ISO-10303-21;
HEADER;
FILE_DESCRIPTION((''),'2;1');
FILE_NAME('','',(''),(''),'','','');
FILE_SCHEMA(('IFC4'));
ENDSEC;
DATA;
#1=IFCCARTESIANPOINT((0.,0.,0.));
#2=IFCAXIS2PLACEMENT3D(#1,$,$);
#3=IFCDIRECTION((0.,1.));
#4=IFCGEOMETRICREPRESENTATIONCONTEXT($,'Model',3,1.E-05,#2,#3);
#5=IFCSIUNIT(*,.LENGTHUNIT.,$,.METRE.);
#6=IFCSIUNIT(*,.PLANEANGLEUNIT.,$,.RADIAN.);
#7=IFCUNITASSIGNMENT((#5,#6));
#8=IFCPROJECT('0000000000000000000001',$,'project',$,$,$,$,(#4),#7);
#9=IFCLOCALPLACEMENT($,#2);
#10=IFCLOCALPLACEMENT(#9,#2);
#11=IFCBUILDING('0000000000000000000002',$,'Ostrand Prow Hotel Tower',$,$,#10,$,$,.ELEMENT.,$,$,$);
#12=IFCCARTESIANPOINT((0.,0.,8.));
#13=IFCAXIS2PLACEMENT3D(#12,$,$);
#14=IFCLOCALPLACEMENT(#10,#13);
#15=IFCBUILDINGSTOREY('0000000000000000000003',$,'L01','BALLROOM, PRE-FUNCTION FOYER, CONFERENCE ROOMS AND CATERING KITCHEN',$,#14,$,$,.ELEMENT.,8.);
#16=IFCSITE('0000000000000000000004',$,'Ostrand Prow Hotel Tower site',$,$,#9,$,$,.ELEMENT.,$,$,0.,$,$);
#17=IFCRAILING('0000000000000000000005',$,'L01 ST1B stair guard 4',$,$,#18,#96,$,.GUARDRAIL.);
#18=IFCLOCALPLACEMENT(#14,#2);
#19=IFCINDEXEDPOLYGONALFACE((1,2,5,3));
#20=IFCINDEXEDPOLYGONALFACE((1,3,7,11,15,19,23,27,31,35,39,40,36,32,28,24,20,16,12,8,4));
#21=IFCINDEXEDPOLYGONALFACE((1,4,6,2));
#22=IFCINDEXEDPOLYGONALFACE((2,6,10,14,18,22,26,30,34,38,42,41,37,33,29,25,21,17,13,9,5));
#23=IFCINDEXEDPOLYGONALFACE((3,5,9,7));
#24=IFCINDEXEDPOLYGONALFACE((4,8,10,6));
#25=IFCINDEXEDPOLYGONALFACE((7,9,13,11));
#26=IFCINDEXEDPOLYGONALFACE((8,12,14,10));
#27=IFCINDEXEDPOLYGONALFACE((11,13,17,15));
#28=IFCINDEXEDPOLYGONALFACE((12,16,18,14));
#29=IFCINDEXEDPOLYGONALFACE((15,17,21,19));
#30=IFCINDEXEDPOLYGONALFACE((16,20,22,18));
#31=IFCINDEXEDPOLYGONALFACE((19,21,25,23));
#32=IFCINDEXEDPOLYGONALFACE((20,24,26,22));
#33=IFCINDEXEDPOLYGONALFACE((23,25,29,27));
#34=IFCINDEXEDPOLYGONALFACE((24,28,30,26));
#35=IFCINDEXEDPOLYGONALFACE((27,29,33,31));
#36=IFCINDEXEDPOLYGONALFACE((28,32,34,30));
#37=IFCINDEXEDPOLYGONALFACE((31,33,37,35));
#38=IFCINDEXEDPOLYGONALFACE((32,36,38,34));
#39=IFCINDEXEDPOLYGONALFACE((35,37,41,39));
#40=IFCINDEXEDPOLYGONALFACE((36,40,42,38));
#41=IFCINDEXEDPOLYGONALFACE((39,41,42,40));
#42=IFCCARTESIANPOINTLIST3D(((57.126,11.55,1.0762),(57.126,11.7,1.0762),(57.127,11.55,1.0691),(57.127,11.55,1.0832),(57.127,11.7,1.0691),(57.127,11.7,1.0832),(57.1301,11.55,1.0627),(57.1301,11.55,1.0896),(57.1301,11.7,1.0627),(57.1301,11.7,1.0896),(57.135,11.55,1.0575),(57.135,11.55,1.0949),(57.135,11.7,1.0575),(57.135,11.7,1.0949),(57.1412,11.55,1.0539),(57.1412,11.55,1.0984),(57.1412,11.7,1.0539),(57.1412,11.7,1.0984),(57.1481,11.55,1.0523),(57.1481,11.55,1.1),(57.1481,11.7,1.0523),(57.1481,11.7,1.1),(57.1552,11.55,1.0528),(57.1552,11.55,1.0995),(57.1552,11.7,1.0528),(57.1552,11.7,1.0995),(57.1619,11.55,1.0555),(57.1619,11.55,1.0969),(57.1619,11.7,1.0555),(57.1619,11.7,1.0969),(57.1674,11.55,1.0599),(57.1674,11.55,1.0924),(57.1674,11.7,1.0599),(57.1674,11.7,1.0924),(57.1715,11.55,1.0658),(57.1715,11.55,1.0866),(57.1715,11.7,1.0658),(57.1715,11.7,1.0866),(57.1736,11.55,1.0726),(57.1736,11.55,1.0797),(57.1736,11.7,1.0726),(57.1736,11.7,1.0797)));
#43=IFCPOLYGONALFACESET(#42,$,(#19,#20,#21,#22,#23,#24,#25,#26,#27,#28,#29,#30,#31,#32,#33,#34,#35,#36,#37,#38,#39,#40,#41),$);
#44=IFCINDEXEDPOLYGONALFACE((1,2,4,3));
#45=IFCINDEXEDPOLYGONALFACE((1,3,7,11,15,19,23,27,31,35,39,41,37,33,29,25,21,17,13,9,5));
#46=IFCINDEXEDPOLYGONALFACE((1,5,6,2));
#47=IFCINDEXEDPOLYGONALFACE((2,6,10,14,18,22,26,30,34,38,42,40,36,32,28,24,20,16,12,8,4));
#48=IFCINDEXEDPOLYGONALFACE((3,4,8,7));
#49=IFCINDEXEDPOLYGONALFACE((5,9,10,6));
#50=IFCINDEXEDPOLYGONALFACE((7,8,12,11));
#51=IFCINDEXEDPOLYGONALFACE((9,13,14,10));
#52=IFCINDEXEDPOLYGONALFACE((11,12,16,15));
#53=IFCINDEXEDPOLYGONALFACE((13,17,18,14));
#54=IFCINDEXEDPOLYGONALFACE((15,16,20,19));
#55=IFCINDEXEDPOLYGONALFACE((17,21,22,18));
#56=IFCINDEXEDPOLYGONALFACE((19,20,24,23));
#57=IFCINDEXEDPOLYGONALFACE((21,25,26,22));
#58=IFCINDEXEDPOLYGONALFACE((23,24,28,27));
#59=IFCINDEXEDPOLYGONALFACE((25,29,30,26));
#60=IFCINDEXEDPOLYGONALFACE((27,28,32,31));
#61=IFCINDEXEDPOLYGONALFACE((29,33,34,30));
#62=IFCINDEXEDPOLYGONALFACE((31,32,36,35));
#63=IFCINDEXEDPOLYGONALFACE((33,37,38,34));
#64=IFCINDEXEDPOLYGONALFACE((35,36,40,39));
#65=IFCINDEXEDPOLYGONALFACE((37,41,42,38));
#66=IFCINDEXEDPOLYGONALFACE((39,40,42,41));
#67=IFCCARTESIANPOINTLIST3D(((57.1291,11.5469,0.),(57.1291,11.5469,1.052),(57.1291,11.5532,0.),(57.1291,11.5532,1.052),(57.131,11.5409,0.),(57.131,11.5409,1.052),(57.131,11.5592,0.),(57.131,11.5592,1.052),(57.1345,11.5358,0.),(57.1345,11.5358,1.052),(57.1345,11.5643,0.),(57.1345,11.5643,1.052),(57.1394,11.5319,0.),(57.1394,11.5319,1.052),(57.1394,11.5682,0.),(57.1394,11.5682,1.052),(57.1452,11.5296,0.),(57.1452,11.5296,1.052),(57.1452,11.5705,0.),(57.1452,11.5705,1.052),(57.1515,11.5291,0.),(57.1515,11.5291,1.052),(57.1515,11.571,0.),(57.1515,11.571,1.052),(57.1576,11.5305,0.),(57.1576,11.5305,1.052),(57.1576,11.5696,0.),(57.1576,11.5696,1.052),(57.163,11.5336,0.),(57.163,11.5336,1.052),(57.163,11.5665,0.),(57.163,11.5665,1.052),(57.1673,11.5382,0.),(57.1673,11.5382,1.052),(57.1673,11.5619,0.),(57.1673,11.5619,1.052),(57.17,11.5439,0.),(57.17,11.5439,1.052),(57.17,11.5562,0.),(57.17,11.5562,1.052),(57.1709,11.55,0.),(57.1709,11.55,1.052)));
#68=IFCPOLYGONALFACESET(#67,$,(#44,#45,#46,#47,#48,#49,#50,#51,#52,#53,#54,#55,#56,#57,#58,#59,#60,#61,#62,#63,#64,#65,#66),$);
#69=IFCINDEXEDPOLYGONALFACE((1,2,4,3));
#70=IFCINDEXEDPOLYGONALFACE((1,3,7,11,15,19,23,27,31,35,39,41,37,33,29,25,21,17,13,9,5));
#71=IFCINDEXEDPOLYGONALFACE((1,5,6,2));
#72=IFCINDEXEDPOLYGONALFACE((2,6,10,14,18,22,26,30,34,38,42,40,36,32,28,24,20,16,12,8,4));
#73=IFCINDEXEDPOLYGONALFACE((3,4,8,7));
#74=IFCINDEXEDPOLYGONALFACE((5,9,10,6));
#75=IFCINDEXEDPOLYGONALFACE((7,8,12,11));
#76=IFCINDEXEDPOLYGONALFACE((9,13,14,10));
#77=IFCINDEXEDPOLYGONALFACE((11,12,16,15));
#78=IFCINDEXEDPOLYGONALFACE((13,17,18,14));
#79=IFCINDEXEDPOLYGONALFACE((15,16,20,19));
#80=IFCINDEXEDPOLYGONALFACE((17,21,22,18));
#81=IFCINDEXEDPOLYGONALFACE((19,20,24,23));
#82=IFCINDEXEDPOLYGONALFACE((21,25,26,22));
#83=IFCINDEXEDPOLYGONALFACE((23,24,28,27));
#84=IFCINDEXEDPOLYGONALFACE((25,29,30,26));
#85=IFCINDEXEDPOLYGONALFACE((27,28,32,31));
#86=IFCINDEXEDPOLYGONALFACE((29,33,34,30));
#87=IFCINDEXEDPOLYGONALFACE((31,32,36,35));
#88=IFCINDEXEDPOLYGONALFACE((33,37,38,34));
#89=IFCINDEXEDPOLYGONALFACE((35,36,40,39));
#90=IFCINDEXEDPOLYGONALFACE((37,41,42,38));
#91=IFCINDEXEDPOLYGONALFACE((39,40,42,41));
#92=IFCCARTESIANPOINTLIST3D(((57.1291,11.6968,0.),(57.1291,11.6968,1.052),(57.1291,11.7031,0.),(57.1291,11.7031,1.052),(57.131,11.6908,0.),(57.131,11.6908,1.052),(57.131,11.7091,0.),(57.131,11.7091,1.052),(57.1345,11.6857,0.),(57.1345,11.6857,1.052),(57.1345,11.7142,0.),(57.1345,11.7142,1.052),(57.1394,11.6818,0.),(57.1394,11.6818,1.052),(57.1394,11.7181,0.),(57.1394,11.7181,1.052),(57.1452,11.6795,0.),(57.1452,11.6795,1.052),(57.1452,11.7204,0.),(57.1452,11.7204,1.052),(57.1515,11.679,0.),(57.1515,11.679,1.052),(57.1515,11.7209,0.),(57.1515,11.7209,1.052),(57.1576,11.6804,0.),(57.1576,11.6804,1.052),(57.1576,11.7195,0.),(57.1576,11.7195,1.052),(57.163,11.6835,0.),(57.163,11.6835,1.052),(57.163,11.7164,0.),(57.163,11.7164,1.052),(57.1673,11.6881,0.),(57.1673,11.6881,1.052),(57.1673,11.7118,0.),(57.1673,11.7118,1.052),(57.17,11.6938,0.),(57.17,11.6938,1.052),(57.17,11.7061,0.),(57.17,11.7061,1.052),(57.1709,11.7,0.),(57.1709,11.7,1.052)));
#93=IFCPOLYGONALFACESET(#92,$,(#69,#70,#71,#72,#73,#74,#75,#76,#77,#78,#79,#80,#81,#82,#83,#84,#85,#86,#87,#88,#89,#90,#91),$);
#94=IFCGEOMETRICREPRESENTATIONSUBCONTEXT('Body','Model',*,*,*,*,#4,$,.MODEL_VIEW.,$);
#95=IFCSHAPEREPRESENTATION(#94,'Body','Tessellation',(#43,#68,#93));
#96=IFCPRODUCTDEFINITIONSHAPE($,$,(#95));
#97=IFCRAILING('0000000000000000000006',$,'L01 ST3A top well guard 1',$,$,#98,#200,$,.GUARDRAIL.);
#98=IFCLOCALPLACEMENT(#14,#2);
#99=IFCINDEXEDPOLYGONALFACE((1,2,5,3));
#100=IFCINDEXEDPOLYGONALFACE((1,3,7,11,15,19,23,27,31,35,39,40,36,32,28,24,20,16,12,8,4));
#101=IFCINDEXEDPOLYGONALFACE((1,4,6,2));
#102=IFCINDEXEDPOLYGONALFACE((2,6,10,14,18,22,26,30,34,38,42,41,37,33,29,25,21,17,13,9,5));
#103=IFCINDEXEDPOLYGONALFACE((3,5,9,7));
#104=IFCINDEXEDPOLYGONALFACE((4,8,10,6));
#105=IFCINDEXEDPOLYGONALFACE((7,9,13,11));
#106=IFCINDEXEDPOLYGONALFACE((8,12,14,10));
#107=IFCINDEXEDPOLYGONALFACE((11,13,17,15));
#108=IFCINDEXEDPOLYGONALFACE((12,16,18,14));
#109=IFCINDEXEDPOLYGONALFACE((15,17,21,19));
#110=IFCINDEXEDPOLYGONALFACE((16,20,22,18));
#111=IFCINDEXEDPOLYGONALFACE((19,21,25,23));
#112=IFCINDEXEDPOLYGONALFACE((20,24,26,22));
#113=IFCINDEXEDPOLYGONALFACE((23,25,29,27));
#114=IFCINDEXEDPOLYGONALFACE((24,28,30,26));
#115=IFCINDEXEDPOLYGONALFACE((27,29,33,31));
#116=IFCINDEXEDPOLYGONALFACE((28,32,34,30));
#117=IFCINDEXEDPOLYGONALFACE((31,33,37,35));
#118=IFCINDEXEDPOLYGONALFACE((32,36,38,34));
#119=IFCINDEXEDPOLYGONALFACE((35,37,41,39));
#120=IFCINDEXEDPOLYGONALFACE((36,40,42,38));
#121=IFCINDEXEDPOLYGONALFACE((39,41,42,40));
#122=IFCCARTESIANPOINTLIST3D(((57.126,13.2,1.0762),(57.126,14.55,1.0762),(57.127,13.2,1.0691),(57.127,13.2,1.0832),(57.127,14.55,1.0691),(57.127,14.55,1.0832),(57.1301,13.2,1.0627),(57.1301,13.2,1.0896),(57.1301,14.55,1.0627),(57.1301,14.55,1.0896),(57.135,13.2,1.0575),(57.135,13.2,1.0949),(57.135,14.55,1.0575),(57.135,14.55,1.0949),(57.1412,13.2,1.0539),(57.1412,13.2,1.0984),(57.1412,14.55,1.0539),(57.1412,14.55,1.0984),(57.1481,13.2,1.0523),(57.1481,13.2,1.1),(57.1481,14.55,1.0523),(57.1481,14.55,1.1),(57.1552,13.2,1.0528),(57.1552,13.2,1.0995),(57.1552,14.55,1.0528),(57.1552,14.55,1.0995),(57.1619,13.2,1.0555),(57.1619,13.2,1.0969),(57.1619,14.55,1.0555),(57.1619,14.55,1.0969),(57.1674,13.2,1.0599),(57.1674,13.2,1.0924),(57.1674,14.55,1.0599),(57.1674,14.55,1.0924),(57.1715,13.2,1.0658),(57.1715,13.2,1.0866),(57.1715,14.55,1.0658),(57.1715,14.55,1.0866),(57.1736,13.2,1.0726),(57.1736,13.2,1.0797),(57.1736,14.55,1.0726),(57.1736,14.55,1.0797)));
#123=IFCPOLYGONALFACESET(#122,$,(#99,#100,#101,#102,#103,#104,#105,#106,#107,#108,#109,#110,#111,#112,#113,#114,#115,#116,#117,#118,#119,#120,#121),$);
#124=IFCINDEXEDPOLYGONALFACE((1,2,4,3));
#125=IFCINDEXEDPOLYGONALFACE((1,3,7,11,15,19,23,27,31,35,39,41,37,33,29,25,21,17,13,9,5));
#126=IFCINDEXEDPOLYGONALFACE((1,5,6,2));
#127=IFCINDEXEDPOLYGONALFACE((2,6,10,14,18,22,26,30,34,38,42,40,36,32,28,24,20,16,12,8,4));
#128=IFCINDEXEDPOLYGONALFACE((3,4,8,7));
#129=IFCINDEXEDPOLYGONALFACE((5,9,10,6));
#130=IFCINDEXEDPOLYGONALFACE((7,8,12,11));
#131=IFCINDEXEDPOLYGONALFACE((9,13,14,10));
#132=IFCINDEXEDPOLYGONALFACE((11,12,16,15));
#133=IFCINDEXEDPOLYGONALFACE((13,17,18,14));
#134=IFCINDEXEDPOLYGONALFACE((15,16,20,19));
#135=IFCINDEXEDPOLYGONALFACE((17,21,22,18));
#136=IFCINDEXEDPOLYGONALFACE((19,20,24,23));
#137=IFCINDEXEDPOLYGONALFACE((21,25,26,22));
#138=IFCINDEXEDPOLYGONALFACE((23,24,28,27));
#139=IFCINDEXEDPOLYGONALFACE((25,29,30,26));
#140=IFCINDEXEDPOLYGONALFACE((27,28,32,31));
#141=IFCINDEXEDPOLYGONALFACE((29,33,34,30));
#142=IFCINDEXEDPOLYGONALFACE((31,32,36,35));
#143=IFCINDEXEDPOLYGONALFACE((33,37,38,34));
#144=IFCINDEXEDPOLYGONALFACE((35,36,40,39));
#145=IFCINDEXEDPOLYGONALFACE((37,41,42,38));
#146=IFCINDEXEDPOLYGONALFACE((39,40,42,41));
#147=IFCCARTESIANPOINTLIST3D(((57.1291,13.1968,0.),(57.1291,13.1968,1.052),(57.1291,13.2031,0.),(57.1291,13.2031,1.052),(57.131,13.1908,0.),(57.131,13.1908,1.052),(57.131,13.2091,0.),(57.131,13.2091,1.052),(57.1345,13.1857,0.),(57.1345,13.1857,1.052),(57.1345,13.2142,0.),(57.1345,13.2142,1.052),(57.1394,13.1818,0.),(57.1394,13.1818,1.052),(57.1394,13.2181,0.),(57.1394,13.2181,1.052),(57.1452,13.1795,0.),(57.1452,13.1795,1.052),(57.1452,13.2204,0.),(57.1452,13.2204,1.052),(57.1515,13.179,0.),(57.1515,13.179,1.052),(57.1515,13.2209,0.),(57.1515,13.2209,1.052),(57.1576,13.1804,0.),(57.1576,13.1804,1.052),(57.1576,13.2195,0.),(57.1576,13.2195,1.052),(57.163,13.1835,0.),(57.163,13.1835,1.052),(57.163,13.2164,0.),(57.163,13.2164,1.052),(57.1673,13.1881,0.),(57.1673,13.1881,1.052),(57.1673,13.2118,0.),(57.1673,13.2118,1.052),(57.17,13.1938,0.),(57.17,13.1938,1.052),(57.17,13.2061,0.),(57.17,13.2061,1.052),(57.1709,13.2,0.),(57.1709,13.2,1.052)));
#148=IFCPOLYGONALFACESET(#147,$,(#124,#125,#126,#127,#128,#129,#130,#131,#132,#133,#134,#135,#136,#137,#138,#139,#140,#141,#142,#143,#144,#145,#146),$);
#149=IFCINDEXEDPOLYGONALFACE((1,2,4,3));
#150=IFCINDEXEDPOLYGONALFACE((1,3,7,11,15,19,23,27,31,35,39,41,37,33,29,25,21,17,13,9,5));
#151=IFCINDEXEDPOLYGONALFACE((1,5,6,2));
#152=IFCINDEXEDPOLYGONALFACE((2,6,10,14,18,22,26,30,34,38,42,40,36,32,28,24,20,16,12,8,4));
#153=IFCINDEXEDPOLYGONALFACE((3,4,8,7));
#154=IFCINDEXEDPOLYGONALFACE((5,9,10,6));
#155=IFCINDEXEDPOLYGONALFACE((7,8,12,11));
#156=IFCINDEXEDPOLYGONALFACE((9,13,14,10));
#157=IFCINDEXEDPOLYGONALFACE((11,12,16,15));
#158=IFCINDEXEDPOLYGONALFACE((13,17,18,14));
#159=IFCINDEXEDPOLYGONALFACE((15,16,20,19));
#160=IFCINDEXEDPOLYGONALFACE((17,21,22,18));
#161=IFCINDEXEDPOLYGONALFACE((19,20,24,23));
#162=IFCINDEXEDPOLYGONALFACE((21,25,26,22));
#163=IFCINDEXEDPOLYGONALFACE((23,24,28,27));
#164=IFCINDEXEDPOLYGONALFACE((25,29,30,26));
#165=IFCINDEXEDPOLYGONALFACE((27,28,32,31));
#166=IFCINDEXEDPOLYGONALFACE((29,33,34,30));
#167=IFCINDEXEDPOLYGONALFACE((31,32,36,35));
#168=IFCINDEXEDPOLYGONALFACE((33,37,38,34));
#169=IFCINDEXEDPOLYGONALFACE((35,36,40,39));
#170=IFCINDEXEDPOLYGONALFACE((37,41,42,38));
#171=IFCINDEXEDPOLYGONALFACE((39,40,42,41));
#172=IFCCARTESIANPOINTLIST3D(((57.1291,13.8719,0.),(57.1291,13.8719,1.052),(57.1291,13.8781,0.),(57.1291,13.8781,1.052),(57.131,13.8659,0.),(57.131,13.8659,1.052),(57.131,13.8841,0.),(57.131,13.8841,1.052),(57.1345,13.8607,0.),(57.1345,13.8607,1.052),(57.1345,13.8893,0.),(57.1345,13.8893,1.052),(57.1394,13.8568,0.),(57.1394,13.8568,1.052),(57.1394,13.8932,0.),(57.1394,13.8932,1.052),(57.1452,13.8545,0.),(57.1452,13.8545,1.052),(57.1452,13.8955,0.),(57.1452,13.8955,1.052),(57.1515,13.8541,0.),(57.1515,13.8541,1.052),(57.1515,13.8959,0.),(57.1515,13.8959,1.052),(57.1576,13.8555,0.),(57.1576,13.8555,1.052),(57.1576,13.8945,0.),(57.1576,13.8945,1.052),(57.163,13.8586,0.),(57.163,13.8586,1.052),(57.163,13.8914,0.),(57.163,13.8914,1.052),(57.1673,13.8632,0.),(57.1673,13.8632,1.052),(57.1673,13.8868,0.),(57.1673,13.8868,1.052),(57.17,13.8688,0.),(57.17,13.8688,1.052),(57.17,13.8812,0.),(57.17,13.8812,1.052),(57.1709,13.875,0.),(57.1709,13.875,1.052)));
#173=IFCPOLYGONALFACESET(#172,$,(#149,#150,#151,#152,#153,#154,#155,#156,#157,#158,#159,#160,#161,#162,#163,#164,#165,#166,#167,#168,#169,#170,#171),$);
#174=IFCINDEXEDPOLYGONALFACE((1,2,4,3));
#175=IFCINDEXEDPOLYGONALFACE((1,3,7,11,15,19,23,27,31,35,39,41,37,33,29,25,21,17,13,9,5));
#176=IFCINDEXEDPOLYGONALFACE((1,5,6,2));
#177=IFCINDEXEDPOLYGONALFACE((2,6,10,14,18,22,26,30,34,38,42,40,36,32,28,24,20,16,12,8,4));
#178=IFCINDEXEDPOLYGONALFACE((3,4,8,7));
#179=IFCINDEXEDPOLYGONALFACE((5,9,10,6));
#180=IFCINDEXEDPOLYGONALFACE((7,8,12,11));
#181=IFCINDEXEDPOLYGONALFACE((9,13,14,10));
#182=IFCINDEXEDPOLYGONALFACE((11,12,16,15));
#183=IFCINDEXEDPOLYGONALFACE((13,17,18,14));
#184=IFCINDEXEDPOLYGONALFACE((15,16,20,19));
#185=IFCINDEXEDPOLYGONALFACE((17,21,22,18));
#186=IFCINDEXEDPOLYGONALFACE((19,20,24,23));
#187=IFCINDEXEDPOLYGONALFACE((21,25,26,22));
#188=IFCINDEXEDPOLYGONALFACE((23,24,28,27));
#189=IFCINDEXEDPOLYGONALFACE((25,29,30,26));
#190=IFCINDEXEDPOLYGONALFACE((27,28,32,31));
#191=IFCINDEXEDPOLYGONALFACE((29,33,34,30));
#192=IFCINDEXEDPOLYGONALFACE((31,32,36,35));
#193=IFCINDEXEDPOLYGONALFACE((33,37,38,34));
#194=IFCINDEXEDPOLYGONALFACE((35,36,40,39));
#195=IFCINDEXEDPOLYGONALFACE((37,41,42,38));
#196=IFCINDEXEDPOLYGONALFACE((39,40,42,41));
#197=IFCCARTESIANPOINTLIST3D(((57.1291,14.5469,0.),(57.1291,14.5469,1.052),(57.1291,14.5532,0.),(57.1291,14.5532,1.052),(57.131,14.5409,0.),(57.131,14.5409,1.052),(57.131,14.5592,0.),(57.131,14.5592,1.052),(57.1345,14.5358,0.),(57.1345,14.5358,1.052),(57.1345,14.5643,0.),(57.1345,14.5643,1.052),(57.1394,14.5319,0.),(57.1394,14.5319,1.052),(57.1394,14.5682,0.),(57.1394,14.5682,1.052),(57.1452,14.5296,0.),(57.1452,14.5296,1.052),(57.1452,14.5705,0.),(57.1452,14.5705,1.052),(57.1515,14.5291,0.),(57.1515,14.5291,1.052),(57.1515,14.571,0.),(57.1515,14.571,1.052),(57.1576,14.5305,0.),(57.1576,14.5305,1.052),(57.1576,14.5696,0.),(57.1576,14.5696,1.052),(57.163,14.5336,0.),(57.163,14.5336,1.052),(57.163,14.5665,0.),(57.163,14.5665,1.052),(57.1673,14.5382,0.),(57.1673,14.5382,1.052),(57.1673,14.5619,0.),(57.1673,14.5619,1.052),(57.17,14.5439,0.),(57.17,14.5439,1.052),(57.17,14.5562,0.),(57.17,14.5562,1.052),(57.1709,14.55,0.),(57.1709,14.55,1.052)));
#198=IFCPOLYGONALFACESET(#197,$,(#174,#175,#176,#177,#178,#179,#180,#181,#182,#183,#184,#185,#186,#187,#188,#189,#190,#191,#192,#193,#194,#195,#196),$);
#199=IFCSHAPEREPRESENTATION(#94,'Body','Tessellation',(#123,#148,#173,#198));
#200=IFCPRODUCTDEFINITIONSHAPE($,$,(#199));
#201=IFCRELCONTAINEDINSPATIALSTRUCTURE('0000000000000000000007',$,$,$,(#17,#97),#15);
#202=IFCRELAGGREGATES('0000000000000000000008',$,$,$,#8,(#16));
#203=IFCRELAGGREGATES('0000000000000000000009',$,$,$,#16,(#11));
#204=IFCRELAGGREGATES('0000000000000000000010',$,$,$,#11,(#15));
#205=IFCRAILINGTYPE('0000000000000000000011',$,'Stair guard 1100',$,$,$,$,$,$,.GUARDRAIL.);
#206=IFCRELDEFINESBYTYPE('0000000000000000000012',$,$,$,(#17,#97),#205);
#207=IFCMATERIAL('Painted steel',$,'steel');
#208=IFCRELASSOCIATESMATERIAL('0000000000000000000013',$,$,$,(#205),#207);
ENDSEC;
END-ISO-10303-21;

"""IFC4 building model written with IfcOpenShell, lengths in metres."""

from ifc_helpers import new_model, si_unit, direction, frame, origin, origin_2d, place, context, subcontext, project, spatial, circle, extrude, material, type_object, element, save


model = new_model("IFC4")

# Units and contexts
model_context = context("Model", 3, precision=1e-05, world=origin(), true_north=direction((0.0, 1.0)))
body_context = subcontext(model_context, "Body", "Model", "MODEL_VIEW")
ifc_project = project(units=[si_unit("LENGTHUNIT", "METRE"), si_unit("PLANEANGLEUNIT", "RADIAN")], contexts=[model_context])

# Site, building, storey
site_placement = place(None, origin())
site = spatial("IfcSite", under=ifc_project, at=site_placement, Name="Ostrand Prow Hotel Tower site", CompositionType="ELEMENT", RefElevation=0.0)
building_placement = place(site_placement, origin())
building = spatial("IfcBuilding", under=site, at=building_placement, Name="Ostrand Prow Hotel Tower", CompositionType="ELEMENT")
storey_placement = place(building_placement, frame((0.0, 0.0, 8.0)))
storey = spatial("IfcBuildingStorey", under=building, at=storey_placement, Name="L01", Description="BALLROOM, PRE-FUNCTION FOYER, CONFERENCE ROOMS AND CATERING KITCHEN", CompositionType="ELEMENT", Elevation=8.0)

# Railings
ifc_material_1 = material(Name="Painted steel", Category="steel")
railing_type_1 = type_object("IfcRailingType", Name="Stair guard 1100", PredefinedType="GUARDRAIL", material=ifc_material_1)
railing_1_placement = place(storey_placement, frame((57.1499, 11.55, 0.0)))
element("IfcRailing", 1, at=railing_1_placement, inside=storey, type_object=railing_type_1, Name="L01 ST1B stair guard 4", PredefinedType="GUARDRAIL", context=body_context, shape_type="SweptSolid", body=[
    extrude(circle(Radius=0.0239, at=origin_2d()), frame((0.0, 0.0, 1.0762), z_axis=(0.0, 1.0, 0.0), x_axis=(-1.0, 0.0, 0.0)), (0.0, 0.0, 1.0), 0.1499),
    extrude(circle(Radius=0.021, at=origin_2d()), origin(), (0.0, 0.0, 1.0), 1.052),
    extrude(circle(Radius=0.021, at=origin_2d()), frame((0.0, 0.1499, 0.0)), (0.0, 0.0, 1.0), 1.052),
])
railing_2_placement = place(storey_placement, frame((57.1499, 13.2, 0.0)))
element("IfcRailing", 2, at=railing_2_placement, inside=storey, type_object=railing_type_1, Name="L01 ST3A top well guard 1", PredefinedType="GUARDRAIL", context=body_context, shape_type="SweptSolid", body=[
    extrude(circle(Radius=0.0239, at=origin_2d()), frame((0.0, 0.0, 1.0762), z_axis=(0.0, 1.0, 0.0), x_axis=(-1.0, 0.0, 0.0)), (0.0, 0.0, 1.0), 1.3501),
    extrude(circle(Radius=0.021, at=origin_2d()), origin(), (0.0, 0.0, 1.0), 1.052),
    extrude(circle(Radius=0.021, at=origin_2d()), frame((0.0, 0.675, 0.0)), (0.0, 0.0, 1.0), 1.052),
    extrude(circle(Radius=0.021, at=origin_2d()), frame((0.0, 1.3501, 0.0)), (0.0, 0.0, 1.0), 1.052),
])

save(model, "model.ifc")
